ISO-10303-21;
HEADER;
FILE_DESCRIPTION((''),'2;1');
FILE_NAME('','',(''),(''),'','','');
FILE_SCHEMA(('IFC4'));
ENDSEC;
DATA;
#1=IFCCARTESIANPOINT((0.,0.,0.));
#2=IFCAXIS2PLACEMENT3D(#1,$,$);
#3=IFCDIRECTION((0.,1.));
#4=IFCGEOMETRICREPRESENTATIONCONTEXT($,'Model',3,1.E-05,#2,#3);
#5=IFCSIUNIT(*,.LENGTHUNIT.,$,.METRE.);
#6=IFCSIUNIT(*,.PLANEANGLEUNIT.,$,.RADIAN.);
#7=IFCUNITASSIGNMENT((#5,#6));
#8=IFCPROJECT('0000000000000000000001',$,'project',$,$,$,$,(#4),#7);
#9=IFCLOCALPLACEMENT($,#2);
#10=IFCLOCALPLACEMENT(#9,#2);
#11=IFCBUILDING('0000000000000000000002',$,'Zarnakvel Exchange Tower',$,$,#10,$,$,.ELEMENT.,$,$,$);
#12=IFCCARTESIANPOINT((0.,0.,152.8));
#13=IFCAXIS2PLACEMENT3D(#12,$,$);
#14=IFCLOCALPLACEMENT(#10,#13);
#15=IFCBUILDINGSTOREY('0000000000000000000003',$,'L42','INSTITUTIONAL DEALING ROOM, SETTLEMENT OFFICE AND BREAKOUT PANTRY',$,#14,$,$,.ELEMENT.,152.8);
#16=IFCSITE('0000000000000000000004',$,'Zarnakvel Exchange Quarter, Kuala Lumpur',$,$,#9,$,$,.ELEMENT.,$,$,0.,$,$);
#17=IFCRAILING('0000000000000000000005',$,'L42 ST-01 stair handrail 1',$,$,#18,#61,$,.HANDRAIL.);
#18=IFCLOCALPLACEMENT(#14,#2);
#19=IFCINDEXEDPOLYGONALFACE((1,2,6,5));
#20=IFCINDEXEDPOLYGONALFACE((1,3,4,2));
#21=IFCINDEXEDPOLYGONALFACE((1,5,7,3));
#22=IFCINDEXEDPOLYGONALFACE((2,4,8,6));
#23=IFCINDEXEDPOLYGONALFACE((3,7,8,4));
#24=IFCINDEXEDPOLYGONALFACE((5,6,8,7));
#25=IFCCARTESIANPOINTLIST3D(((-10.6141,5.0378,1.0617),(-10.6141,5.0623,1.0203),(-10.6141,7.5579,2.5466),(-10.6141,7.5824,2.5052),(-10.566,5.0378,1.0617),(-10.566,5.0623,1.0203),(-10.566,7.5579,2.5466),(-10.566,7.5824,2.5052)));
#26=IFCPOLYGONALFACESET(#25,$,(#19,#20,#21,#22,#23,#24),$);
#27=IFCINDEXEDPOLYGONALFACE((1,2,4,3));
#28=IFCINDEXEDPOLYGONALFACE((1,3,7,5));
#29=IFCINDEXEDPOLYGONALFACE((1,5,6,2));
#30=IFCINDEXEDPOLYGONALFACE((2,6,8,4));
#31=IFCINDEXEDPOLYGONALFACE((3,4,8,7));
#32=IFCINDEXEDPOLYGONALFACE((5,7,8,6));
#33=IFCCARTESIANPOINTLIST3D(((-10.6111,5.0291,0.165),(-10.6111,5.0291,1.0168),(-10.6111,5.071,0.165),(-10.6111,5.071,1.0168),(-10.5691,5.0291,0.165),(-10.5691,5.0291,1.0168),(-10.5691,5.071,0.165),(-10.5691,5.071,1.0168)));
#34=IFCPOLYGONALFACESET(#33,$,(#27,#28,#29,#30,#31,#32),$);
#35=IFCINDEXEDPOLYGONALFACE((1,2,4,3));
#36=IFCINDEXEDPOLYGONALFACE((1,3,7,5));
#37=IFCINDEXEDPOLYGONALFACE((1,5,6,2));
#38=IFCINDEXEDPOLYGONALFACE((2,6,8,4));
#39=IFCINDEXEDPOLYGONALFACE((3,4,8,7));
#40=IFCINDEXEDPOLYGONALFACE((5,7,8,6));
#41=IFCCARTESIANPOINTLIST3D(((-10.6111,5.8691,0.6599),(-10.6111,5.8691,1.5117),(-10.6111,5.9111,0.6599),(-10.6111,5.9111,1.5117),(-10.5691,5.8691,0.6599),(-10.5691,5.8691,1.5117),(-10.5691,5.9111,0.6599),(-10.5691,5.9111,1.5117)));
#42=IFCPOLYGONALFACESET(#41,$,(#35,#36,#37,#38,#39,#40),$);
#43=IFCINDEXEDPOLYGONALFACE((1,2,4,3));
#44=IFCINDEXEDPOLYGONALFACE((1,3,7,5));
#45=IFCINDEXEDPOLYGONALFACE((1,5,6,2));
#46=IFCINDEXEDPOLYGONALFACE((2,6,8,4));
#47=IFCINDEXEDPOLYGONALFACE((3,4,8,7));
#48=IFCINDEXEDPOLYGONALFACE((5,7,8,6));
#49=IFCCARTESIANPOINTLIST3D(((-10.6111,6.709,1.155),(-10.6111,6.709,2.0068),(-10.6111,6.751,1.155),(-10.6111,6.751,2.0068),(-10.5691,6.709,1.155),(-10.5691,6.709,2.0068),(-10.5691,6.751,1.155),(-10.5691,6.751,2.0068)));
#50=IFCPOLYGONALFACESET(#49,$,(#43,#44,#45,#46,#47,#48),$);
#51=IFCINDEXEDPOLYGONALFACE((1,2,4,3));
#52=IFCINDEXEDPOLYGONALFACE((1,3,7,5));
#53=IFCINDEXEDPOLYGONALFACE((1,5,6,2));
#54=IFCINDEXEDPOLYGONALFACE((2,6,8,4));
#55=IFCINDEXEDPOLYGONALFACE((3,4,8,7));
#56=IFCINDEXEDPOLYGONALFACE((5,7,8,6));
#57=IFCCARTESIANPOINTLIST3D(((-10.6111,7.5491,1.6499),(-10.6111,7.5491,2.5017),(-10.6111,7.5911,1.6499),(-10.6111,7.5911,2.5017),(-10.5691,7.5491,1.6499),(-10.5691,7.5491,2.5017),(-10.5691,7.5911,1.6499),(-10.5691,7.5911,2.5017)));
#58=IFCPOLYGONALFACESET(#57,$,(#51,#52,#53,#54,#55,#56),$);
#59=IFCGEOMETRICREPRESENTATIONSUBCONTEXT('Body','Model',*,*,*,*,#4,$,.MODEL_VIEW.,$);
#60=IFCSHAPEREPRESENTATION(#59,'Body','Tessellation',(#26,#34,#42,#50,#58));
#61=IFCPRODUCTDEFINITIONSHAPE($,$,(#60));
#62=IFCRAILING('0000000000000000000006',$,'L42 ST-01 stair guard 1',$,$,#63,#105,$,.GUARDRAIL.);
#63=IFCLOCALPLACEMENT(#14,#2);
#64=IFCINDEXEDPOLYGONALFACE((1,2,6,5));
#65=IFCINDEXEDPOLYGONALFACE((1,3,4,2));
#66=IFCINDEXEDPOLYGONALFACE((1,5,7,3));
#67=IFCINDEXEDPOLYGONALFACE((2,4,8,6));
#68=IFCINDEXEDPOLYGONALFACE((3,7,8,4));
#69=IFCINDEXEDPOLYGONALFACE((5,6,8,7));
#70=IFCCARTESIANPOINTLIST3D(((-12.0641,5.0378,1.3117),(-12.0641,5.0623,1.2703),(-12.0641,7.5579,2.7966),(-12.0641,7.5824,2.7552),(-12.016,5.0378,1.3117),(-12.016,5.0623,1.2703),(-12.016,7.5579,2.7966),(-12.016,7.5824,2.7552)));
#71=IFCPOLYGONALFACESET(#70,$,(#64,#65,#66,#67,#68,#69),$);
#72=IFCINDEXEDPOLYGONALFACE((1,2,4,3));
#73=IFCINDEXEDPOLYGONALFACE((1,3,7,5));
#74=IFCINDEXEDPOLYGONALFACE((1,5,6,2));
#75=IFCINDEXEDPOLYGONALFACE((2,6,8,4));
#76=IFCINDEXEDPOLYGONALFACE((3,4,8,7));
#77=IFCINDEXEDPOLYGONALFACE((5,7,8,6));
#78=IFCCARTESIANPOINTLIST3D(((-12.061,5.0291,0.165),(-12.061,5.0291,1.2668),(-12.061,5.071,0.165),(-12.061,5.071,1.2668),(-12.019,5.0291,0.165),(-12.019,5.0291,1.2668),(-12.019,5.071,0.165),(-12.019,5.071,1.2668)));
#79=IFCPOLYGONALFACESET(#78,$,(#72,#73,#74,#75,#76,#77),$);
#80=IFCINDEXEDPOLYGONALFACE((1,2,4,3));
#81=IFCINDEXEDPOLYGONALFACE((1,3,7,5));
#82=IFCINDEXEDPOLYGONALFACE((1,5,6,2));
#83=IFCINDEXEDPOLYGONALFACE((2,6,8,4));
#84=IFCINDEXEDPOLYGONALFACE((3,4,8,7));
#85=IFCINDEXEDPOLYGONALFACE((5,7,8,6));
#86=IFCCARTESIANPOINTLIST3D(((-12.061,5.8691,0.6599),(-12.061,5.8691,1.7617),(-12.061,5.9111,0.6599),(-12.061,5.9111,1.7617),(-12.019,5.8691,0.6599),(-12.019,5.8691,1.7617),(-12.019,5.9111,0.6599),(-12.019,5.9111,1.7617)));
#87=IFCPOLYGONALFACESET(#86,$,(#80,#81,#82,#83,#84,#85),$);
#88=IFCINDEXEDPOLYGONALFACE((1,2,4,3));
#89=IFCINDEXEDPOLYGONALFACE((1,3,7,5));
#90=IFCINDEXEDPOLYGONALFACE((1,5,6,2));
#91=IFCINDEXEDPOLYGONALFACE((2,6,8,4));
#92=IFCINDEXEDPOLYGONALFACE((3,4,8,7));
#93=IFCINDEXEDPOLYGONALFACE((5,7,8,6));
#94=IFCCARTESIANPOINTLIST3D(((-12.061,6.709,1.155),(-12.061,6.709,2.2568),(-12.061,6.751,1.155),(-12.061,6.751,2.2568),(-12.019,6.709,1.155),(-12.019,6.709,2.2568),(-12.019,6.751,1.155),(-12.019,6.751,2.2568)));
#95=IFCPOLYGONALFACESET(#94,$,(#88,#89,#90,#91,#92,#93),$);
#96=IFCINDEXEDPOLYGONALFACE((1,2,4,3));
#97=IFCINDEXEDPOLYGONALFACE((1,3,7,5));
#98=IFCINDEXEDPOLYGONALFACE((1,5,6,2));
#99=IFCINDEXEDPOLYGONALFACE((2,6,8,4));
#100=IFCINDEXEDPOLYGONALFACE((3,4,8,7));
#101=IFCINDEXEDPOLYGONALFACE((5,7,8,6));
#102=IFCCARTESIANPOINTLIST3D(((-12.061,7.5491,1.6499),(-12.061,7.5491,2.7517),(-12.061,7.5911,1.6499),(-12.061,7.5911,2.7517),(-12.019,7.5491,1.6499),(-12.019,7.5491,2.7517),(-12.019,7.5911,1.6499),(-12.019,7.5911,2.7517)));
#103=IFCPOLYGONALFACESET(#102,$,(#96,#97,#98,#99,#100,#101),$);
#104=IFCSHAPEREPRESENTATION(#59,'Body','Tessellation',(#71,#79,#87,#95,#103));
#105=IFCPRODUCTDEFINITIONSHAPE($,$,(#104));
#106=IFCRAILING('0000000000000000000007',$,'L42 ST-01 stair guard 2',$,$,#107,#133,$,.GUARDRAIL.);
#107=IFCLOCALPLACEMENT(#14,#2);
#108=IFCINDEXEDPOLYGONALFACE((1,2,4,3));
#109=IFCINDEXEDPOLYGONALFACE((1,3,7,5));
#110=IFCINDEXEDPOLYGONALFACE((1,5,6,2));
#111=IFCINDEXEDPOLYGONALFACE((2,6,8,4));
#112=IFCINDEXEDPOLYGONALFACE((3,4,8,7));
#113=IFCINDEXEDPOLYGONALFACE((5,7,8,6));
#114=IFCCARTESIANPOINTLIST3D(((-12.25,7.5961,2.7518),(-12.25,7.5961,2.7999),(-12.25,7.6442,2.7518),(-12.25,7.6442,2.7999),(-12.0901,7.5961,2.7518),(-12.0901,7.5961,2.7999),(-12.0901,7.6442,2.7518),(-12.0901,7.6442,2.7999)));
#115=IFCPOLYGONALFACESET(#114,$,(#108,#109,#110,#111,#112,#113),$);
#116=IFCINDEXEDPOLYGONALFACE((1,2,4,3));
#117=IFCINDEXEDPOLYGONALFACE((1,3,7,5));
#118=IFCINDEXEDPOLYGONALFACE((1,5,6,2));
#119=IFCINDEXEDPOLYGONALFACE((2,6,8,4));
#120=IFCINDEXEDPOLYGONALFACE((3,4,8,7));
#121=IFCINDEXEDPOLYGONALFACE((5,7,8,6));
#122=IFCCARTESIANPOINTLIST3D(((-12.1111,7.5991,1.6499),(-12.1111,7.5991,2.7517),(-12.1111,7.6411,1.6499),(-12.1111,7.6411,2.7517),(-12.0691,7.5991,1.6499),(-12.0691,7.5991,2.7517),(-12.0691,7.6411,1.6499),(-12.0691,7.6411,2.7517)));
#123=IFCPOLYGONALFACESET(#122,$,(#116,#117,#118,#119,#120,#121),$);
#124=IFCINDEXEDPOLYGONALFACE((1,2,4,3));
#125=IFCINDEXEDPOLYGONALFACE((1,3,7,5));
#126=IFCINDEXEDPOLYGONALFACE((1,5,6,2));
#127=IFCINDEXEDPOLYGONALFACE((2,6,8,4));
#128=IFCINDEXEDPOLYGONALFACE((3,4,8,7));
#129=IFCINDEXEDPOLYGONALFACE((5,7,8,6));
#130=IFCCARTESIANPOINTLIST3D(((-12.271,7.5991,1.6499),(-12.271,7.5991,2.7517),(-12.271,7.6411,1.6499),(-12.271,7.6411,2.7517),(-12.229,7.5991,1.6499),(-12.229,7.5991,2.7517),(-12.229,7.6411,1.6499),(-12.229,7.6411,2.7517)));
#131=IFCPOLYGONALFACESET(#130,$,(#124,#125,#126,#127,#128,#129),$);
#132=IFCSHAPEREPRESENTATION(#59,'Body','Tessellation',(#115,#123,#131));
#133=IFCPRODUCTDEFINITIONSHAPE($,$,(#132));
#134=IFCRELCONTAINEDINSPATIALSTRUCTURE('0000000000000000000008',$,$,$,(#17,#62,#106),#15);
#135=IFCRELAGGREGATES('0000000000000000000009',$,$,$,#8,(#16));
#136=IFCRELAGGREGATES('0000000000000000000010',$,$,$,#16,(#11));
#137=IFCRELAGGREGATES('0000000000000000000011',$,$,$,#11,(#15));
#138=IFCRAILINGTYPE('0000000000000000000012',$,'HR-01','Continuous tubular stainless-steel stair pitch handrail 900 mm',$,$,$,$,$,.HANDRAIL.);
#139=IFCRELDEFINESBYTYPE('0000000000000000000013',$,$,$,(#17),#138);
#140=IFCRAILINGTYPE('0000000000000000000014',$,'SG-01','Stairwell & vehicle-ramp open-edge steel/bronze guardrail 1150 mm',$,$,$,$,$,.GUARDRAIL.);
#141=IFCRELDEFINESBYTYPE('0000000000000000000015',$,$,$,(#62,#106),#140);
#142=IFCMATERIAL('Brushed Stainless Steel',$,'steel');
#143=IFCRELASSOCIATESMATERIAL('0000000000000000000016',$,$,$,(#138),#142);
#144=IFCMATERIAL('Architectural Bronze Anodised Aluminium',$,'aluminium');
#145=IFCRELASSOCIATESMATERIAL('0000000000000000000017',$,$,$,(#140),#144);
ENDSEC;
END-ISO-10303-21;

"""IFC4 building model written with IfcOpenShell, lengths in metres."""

from ifc_helpers import new_model, si_unit, direction, frame, origin, origin_2d, place, context, subcontext, project, spatial, rectangle, extrude, material, type_object, element, save


model = new_model("IFC4")

# Units and contexts
model_context = context("Model", 3, precision=1e-05, world=origin(), true_north=direction((0.0, 1.0)))
body_context = subcontext(model_context, "Body", "Model", "MODEL_VIEW")
ifc_project = project(units=[si_unit("LENGTHUNIT", "METRE"), si_unit("PLANEANGLEUNIT", "RADIAN")], contexts=[model_context])

# Site, building, storey
site_placement = place(None, origin())
site = spatial("IfcSite", under=ifc_project, at=site_placement, Name="Zarnakvel Exchange Quarter, Kuala Lumpur", CompositionType="ELEMENT", RefElevation=0.0)
building_placement = place(site_placement, origin())
building = spatial("IfcBuilding", under=site, at=building_placement, Name="Zarnakvel Exchange Tower", CompositionType="ELEMENT")
storey_placement = place(building_placement, frame((0.0, 0.0, 152.8)))
storey = spatial("IfcBuildingStorey", under=building, at=storey_placement, Name="L42", Description="INSTITUTIONAL DEALING ROOM, SETTLEMENT OFFICE AND BREAKOUT PANTRY", CompositionType="ELEMENT", Elevation=152.8)

# Shared definitions
ifc_material_1 = material(Name="Architectural Bronze Anodised Aluminium", Category="aluminium")

# Railings
ifc_material_2 = material(Name="Brushed Stainless Steel", Category="steel")
railing_type_1 = type_object("IfcRailingType", Name="HR-01", Description="Continuous tubular stainless-steel stair pitch handrail 900 mm", PredefinedType="HANDRAIL", material=ifc_material_2)
railing_1_placement = place(storey_placement, frame((-10.5901, 5.05, 0.165)))
element("IfcRailing", 1, at=railing_1_placement, inside=storey, type_object=railing_type_1, Name="L42 ST-01 stair handrail 1", PredefinedType="HANDRAIL", context=body_context, shape_type="SweptSolid", body=[
    extrude(rectangle(XDim=0.0481, YDim=0.0481, at=origin_2d()), frame((0.0, 0.0, 0.876), z_axis=(0.0, 0.861561, 0.507655), x_axis=(-1.0, 0.0, 0.0)), (0.0, 0.0, 1.0), 2.925),
    extrude(rectangle(XDim=0.042, YDim=0.042, at=origin_2d()), origin(), (0.0, 0.0, 1.0), 0.8518),
    extrude(rectangle(XDim=0.042, YDim=0.042, at=origin_2d()), frame((0.0, 0.8401, 0.4949)), (0.0, 0.0, 1.0), 0.8518),
    extrude(rectangle(XDim=0.042, YDim=0.042, at=origin_2d()), frame((0.0, 1.6799, 0.99)), (0.0, 0.0, 1.0), 0.8518),
    extrude(rectangle(XDim=0.042, YDim=0.042, at=origin_2d()), frame((0.0, 2.52, 1.4849)), (0.0, 0.0, 1.0), 0.8518),
])
railing_type_2 = type_object("IfcRailingType", Name="SG-01", Description="Stairwell & vehicle-ramp open-edge steel/bronze guardrail 1150 mm", PredefinedType="GUARDRAIL", material=ifc_material_1)
railing_2_placement = place(storey_placement, frame((-12.04, 5.05, 0.165)))
element("IfcRailing", 2, at=railing_2_placement, inside=storey, type_object=railing_type_2, Name="L42 ST-01 stair guard 1", PredefinedType="GUARDRAIL", context=body_context, shape_type="SweptSolid", body=[
    extrude(rectangle(XDim=0.0481, YDim=0.0481, at=origin_2d()), frame((0.0, 0.0, 1.126), z_axis=(0.0, 0.861561, 0.507655), x_axis=(-1.0, 0.0, 0.0)), (0.0, 0.0, 1.0), 2.925),
    extrude(rectangle(XDim=0.042, YDim=0.042, at=origin_2d()), origin(), (0.0, 0.0, 1.0), 1.1018),
    extrude(rectangle(XDim=0.042, YDim=0.042, at=origin_2d()), frame((0.0, 0.8401, 0.4949)), (0.0, 0.0, 1.0), 1.1018),
    extrude(rectangle(XDim=0.042, YDim=0.042, at=origin_2d()), frame((0.0, 1.6799, 0.99)), (0.0, 0.0, 1.0), 1.1018),
    extrude(rectangle(XDim=0.042, YDim=0.042, at=origin_2d()), frame((0.0, 2.52, 1.4849)), (0.0, 0.0, 1.0), 1.1018),
])
railing_3_placement = place(storey_placement, frame((-12.0901, 7.6201, 1.6499)))
element("IfcRailing", 3, at=railing_3_placement, inside=storey, type_object=railing_type_2, Name="L42 ST-01 stair guard 2", PredefinedType="GUARDRAIL", context=body_context, shape_type="SweptSolid", body=[
    extrude(rectangle(XDim=0.0481, YDim=0.0481, at=origin_2d()), frame((0.0, 0.0, 1.126), z_axis=(-1.0, 0.0, 0.0), x_axis=(0.0, -1.0, 0.0)), (0.0, 0.0, 1.0), 0.1599),
    extrude(rectangle(XDim=0.042, YDim=0.042, at=origin_2d()), origin(), (0.0, 0.0, 1.0), 1.1018),
    extrude(rectangle(XDim=0.042, YDim=0.042, at=origin_2d()), frame((-0.1599, 0.0, 0.0)), (0.0, 0.0, 1.0), 1.1018),
])

save(model, "model.ifc")
